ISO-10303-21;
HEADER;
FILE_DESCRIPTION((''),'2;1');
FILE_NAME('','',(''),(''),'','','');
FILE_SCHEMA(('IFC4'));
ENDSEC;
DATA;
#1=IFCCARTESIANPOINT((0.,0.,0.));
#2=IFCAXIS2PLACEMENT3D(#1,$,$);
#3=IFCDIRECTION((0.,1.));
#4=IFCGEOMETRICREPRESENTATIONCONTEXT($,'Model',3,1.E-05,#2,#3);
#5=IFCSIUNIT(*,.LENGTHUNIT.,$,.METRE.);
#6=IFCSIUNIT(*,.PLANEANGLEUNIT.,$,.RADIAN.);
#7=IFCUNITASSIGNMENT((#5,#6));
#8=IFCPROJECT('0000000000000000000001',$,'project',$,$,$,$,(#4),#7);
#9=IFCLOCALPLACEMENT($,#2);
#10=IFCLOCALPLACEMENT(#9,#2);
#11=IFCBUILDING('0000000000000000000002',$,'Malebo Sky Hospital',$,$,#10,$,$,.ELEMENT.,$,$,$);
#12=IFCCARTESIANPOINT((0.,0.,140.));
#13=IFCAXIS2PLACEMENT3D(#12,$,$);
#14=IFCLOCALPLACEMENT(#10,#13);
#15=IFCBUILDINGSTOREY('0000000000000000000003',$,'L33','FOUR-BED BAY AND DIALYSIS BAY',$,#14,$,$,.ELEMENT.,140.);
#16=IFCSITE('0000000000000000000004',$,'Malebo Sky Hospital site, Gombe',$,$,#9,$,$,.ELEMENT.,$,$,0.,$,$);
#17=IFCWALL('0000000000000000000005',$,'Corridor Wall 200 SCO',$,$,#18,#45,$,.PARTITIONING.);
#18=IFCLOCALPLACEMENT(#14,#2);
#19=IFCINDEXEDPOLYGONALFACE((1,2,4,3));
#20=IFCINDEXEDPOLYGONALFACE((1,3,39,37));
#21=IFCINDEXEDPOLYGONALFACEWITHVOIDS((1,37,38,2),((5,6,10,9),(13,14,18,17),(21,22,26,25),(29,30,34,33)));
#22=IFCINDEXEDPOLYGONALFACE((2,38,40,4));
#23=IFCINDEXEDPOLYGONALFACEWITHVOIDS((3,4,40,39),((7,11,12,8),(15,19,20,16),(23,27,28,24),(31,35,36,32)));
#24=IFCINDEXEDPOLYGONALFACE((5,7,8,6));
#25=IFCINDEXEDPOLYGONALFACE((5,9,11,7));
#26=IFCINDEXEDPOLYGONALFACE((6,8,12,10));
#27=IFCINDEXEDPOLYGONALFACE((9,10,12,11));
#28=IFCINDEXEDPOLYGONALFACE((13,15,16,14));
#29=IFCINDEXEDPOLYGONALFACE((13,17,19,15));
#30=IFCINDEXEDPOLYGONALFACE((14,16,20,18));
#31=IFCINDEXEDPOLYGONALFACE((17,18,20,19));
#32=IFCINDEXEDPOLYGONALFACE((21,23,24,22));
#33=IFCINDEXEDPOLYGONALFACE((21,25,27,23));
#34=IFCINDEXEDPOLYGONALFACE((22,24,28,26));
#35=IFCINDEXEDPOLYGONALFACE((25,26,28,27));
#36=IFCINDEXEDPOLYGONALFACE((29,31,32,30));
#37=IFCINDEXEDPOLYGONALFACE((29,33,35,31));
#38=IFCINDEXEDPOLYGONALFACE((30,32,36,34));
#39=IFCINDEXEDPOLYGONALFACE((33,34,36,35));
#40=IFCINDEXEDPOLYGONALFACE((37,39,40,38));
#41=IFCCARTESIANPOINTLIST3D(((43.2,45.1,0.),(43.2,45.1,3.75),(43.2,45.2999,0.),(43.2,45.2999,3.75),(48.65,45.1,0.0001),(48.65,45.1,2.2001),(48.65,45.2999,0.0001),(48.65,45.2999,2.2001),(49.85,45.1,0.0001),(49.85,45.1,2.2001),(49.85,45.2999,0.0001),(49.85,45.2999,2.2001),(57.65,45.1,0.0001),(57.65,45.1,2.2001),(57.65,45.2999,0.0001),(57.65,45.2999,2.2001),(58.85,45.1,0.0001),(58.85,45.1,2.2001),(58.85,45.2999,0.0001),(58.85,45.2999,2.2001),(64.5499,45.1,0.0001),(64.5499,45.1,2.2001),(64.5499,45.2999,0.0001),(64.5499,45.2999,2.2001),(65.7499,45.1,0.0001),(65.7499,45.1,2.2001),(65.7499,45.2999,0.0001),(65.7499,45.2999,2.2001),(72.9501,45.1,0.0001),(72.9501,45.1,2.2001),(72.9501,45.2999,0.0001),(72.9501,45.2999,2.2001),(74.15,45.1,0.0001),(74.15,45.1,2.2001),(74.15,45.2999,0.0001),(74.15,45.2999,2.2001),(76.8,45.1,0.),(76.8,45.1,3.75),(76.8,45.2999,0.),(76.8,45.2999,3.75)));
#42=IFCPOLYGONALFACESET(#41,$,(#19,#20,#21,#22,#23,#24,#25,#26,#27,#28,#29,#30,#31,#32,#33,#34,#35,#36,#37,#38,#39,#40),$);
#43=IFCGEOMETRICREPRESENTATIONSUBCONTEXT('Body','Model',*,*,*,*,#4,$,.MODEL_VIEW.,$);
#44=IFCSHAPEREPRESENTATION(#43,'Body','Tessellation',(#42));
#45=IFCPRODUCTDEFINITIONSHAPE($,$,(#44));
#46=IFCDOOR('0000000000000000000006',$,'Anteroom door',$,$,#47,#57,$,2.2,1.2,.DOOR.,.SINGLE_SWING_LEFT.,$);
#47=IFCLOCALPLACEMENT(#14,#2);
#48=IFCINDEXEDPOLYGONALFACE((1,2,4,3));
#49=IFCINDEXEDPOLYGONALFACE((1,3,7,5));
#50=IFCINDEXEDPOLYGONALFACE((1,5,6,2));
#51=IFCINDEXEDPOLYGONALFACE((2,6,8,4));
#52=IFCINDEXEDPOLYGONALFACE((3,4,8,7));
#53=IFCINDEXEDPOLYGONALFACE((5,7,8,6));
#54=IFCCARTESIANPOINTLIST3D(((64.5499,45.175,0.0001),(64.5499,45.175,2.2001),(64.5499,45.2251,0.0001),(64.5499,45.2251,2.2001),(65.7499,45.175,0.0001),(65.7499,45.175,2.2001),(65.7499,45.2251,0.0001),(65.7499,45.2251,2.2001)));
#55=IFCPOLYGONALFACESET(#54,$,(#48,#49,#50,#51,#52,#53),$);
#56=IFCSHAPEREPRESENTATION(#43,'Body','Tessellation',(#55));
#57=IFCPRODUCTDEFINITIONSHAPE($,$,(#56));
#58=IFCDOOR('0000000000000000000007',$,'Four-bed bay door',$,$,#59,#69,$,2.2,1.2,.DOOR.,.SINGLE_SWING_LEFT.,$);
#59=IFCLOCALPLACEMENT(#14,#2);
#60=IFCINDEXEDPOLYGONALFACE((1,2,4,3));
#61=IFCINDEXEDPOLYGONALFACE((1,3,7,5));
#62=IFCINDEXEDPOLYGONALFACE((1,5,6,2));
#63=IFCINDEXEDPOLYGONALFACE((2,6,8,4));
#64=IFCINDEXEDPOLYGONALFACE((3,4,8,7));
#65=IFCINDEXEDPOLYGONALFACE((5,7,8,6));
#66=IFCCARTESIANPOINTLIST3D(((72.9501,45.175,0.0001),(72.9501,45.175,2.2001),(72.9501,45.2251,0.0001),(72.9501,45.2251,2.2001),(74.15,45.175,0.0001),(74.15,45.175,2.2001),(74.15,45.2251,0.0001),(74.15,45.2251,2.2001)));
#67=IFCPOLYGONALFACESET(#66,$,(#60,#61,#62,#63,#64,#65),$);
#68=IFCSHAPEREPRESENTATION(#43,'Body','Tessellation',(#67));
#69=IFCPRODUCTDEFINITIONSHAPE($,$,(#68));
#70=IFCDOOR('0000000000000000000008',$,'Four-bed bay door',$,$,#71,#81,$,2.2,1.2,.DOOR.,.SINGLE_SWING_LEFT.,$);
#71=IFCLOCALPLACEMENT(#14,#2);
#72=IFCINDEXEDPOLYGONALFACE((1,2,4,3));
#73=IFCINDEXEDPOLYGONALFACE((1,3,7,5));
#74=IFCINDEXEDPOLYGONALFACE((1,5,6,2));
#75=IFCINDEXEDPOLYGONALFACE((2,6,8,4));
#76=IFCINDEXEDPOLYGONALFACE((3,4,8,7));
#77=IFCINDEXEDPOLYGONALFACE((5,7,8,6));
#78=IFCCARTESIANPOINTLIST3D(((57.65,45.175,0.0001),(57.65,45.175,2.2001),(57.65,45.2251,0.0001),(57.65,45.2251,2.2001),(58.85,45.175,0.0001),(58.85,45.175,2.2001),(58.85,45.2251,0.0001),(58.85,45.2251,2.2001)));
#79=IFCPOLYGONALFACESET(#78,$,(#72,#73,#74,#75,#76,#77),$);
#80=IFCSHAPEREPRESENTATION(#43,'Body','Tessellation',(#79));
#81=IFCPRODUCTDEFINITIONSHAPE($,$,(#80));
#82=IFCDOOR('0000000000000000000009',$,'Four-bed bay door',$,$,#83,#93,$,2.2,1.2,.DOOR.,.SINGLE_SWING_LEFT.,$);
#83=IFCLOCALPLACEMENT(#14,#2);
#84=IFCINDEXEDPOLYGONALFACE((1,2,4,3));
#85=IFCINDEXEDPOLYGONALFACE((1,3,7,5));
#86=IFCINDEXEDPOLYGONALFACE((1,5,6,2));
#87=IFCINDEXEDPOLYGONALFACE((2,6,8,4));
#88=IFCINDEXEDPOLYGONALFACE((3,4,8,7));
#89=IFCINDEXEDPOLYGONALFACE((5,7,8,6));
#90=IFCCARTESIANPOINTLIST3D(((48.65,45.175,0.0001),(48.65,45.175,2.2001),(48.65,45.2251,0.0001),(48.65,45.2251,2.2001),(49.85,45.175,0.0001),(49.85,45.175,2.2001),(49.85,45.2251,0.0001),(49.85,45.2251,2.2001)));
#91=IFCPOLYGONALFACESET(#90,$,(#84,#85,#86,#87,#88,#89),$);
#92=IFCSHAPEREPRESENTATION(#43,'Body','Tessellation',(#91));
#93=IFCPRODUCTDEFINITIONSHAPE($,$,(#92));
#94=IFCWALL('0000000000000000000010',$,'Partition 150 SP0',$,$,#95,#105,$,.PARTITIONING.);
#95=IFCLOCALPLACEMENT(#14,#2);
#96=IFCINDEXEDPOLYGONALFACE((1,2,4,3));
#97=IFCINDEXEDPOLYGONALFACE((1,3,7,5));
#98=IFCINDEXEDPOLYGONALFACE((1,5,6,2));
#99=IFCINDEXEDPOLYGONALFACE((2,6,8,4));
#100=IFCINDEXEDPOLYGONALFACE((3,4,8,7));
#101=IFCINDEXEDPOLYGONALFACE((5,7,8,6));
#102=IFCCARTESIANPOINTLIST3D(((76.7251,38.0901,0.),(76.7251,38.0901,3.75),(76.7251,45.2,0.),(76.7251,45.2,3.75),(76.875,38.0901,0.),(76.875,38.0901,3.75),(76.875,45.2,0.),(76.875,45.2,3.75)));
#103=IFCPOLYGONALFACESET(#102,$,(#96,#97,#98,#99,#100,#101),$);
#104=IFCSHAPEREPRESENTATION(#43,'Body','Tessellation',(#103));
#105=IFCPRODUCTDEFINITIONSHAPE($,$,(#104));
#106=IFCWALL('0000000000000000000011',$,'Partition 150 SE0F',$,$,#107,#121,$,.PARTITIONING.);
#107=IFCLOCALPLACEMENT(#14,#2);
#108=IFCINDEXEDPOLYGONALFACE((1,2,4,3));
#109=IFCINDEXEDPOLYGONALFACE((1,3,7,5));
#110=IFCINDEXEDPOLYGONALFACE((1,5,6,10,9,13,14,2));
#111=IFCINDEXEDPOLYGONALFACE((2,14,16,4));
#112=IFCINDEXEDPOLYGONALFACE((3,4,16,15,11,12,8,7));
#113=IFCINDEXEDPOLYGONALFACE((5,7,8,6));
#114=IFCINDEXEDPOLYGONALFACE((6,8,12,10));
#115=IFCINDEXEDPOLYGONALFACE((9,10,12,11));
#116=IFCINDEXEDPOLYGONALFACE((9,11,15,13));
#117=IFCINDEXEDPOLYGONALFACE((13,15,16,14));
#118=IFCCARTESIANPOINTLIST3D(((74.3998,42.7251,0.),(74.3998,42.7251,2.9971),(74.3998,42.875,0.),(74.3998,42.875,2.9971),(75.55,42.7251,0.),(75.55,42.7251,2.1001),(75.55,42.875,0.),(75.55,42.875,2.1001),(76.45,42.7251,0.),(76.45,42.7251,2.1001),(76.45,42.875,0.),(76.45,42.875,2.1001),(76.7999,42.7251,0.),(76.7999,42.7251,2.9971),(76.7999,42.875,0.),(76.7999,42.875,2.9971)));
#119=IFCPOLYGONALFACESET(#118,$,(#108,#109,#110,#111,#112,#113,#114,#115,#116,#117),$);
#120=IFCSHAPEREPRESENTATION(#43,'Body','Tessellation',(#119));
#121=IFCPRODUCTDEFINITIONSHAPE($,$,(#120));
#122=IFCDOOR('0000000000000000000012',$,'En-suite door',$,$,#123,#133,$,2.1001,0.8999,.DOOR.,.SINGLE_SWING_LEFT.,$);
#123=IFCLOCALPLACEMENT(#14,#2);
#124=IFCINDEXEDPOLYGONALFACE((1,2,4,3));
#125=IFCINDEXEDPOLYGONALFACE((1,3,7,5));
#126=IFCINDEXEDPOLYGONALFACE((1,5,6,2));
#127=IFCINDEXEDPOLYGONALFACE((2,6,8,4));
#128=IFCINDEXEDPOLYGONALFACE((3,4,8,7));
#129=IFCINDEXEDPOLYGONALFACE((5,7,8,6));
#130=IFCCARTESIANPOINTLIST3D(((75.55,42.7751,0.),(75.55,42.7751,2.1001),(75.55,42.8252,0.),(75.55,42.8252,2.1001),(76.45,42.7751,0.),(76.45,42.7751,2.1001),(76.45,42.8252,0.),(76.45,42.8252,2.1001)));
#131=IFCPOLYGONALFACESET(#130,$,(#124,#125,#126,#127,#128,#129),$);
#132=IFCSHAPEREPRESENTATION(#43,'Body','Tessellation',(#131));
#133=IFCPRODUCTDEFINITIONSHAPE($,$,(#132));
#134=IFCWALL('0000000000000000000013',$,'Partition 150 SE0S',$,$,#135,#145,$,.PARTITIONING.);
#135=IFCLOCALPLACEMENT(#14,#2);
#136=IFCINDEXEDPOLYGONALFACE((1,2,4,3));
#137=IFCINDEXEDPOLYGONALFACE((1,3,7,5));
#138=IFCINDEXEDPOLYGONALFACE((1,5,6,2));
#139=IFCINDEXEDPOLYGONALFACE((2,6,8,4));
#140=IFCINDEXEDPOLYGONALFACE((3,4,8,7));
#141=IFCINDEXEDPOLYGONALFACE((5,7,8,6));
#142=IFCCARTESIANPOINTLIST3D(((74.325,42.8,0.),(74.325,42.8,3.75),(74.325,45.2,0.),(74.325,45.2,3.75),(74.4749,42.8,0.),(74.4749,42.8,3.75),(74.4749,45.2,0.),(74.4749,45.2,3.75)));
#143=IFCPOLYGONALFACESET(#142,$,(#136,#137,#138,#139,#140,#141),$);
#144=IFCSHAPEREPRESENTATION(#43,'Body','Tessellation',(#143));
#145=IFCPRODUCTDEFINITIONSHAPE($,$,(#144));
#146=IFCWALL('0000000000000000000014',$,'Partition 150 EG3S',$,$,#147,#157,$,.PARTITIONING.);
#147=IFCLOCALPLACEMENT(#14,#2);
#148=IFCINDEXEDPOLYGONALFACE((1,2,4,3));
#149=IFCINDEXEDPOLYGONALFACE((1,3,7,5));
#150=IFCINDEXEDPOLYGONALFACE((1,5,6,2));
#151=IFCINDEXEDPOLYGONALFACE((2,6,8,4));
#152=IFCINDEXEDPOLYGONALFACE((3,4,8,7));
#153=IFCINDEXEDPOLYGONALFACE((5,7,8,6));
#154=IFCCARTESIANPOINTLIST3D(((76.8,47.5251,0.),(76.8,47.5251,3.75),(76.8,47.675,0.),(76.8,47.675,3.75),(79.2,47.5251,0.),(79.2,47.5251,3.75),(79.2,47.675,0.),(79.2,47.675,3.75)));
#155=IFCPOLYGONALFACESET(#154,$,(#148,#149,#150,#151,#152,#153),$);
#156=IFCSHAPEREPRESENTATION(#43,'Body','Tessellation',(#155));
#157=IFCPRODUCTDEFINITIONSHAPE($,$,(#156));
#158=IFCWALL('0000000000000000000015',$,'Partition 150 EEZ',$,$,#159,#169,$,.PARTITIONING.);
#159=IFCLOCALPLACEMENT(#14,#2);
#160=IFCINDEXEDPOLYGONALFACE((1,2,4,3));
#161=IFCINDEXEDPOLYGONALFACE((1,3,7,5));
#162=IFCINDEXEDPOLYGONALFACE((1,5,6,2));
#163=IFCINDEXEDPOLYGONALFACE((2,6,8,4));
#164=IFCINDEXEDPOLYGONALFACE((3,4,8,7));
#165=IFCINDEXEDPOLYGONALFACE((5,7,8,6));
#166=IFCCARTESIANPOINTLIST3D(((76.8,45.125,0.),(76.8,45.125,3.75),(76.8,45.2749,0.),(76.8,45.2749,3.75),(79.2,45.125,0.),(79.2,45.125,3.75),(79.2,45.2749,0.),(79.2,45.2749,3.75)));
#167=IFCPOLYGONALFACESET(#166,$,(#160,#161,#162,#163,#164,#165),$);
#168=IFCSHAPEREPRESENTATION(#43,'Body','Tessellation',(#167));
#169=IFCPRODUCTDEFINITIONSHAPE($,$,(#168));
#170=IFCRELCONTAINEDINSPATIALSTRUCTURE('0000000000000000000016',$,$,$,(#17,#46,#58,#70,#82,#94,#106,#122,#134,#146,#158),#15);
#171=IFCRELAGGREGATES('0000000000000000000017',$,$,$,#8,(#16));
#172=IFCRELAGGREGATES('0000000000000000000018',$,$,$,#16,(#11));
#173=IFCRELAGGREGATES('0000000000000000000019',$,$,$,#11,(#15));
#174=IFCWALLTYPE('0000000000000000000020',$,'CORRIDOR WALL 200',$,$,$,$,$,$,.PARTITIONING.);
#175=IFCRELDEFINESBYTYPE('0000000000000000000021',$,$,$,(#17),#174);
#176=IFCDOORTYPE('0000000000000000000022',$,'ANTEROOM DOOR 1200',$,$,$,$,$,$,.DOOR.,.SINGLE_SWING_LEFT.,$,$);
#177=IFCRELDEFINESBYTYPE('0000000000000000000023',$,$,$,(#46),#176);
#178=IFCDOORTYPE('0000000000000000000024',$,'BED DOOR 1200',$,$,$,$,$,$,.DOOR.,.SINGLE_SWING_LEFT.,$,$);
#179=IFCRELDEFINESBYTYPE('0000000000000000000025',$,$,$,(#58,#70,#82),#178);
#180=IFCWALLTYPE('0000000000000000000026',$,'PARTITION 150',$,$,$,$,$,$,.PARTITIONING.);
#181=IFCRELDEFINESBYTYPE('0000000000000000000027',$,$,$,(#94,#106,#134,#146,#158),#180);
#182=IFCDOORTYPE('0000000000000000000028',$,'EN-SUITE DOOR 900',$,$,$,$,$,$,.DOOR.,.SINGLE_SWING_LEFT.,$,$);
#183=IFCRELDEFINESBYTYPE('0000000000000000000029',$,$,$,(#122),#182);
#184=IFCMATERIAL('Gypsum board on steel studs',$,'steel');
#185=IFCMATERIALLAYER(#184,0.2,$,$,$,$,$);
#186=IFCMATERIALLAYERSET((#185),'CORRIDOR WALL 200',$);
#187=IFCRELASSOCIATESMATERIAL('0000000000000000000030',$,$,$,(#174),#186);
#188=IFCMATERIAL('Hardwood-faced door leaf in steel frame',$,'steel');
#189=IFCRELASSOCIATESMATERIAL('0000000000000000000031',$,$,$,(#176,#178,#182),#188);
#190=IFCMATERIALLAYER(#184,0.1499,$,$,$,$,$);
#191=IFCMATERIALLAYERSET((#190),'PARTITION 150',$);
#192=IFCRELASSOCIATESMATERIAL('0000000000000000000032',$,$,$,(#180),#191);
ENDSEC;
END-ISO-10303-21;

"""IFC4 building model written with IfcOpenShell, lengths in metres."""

from ifc_helpers import new_model, si_unit, direction, frame, frame_2d, origin, place, context, subcontext, project, spatial, rectangle, extrude, material, layer, layer_set, type_object, element, fill, save


model = new_model("IFC4")

# Units and contexts
model_context = context("Model", 3, precision=1e-05, world=origin(), true_north=direction((0.0, 1.0)))
body_context = subcontext(model_context, "Body", "Model", "MODEL_VIEW")
ifc_project = project(units=[si_unit("LENGTHUNIT", "METRE"), si_unit("PLANEANGLEUNIT", "RADIAN")], contexts=[model_context])

# Site, building, storey
site_placement = place(None, origin())
site = spatial("IfcSite", under=ifc_project, at=site_placement, Name="Malebo Sky Hospital site, Gombe", CompositionType="ELEMENT", RefElevation=0.0)
building_placement = place(site_placement, origin())
building = spatial("IfcBuilding", under=site, at=building_placement, Name="Malebo Sky Hospital", CompositionType="ELEMENT")
storey_placement = place(building_placement, frame((0.0, 0.0, 140.0)))
storey = spatial("IfcBuildingStorey", under=building, at=storey_placement, Name="L33", Description="FOUR-BED BAY AND DIALYSIS BAY", CompositionType="ELEMENT", Elevation=140.0)

# Wall, openings, doors
ifc_material_1 = material(Name="Gypsum board on steel studs", Category="steel")
ifc_layer_1 = layer(ifc_material_1, 0.2)
ifc_layer_set_1 = layer_set([ifc_layer_1], Name="CORRIDOR WALL 200")
wall_type_1 = type_object("IfcWallType", Name="CORRIDOR WALL 200", PredefinedType="PARTITIONING", material=ifc_layer_set_1)
wall_1_placement = place(storey_placement, frame((76.8, 45.2, 0.0), z_axis=(0.0, 0.0, 1.0), x_axis=(-1.0, 0.0, 0.0)))
wall_1 = element("IfcWall", 1, at=wall_1_placement, inside=storey, type_object=wall_type_1, Name="Corridor Wall 200 SCO", PredefinedType="PARTITIONING", context=body_context, shape_type="SweptSolid", body=[
    extrude(rectangle(XDim=33.6001, YDim=0.2, at=frame_2d((16.8, 0.0))), origin(), (0.0, 0.0, 1.0), 3.75),
])
opening_1_placement = place(wall_1_placement, frame((2.6499, 0.0, 0.0)))
opening_1 = element("IfcOpeningElement", 2, at=opening_1_placement, cuts=wall_1, PredefinedType="OPENING", context=body_context, shape_type="SweptSolid", body=[
    extrude(rectangle(XDim=1.2, YDim=2.2, at=frame_2d((0.6001, 1.1001))), frame((0.0, 0.1099, 0.0), z_axis=(0.0, -1.0, 0.0), x_axis=(1.0, 0.0, 0.0)), (0.0, 0.0, 1.0), 0.22),
])
opening_2_placement = place(wall_1_placement, frame((11.05, 0.0, 0.0)))
opening_2 = element("IfcOpeningElement", 3, at=opening_2_placement, cuts=wall_1, PredefinedType="OPENING", context=body_context, shape_type="SweptSolid", body=[
    extrude(rectangle(XDim=1.2, YDim=2.2, at=frame_2d((0.6001, 1.1001))), frame((0.0, 0.1099, 0.0), z_axis=(0.0, -1.0, 0.0), x_axis=(1.0, 0.0, 0.0)), (0.0, 0.0, 1.0), 0.22),
])
opening_3_placement = place(wall_1_placement, frame((17.95, 0.0, 0.0)))
opening_3 = element("IfcOpeningElement", 4, at=opening_3_placement, cuts=wall_1, PredefinedType="OPENING", context=body_context, shape_type="SweptSolid", body=[
    extrude(rectangle(XDim=1.2, YDim=2.2, at=frame_2d((0.6001, 1.1001))), frame((0.0, 0.1099, 0.0), z_axis=(0.0, -1.0, 0.0), x_axis=(1.0, 0.0, 0.0)), (0.0, 0.0, 1.0), 0.22),
])
opening_4_placement = place(wall_1_placement, frame((26.95, 0.0, 0.0)))
opening_4 = element("IfcOpeningElement", 5, at=opening_4_placement, cuts=wall_1, PredefinedType="OPENING", context=body_context, shape_type="SweptSolid", body=[
    extrude(rectangle(XDim=1.2, YDim=2.2, at=frame_2d((0.6001, 1.1001))), frame((0.0, 0.1099, 0.0), z_axis=(0.0, -1.0, 0.0), x_axis=(1.0, 0.0, 0.0)), (0.0, 0.0, 1.0), 0.22),
])
ifc_material_2 = material(Name="Hardwood-faced door leaf in steel frame", Category="steel")
door_type_1 = type_object("IfcDoorType", Name="ANTEROOM DOOR 1200", OperationType="SINGLE_SWING_LEFT", PredefinedType="DOOR", material=ifc_material_2)
door_1_placement = place(opening_2_placement, origin())
door_1 = element("IfcDoor", 6, at=door_1_placement, inside=storey, type_object=door_type_1, Name="Anteroom door", OperationType="SINGLE_SWING_LEFT", OverallHeight=2.2, OverallWidth=1.2, PredefinedType="DOOR", context=body_context, shape_type="SweptSolid", body=[
    extrude(rectangle(XDim=1.2, YDim=2.2, at=frame_2d((0.6001, 1.1001))), frame((0.0, 0.0249, 0.0), z_axis=(0.0, -1.0, 0.0), x_axis=(1.0, 0.0, 0.0)), (0.0, 0.0, 1.0), 0.05),
])
fill(opening_2, door_1)
door_type_2 = type_object("IfcDoorType", Name="BED DOOR 1200", OperationType="SINGLE_SWING_LEFT", PredefinedType="DOOR", material=ifc_material_2)
door_2_placement = place(opening_1_placement, origin())
door_2 = element("IfcDoor", 7, at=door_2_placement, inside=storey, type_object=door_type_2, Name="Four-bed bay door", OperationType="SINGLE_SWING_LEFT", OverallHeight=2.2, OverallWidth=1.2, PredefinedType="DOOR", context=body_context, shape_type="SweptSolid", body=[
    extrude(rectangle(XDim=1.2, YDim=2.2, at=frame_2d((0.6001, 1.1001))), frame((0.0, 0.0249, 0.0), z_axis=(0.0, -1.0, 0.0), x_axis=(1.0, 0.0, 0.0)), (0.0, 0.0, 1.0), 0.05),
])
fill(opening_1, door_2)
door_3_placement = place(opening_3_placement, origin())
door_3 = element("IfcDoor", 8, at=door_3_placement, inside=storey, type_object=door_type_2, Name="Four-bed bay door", OperationType="SINGLE_SWING_LEFT", OverallHeight=2.2, OverallWidth=1.2, PredefinedType="DOOR", context=body_context, shape_type="SweptSolid", body=[
    extrude(rectangle(XDim=1.2, YDim=2.2, at=frame_2d((0.6001, 1.1001))), frame((0.0, 0.0249, 0.0), z_axis=(0.0, -1.0, 0.0), x_axis=(1.0, 0.0, 0.0)), (0.0, 0.0, 1.0), 0.05),
])
fill(opening_3, door_3)
door_4_placement = place(opening_4_placement, origin())
door_4 = element("IfcDoor", 9, at=door_4_placement, inside=storey, type_object=door_type_2, Name="Four-bed bay door", OperationType="SINGLE_SWING_LEFT", OverallHeight=2.2, OverallWidth=1.2, PredefinedType="DOOR", context=body_context, shape_type="SweptSolid", body=[
    extrude(rectangle(XDim=1.2, YDim=2.2, at=frame_2d((0.6001, 1.1001))), frame((0.0, 0.0249, 0.0), z_axis=(0.0, -1.0, 0.0), x_axis=(1.0, 0.0, 0.0)), (0.0, 0.0, 1.0), 0.05),
])
fill(opening_4, door_4)

# Wall
ifc_layer_2 = layer(ifc_material_1, 0.1499)
ifc_layer_set_2 = layer_set([ifc_layer_2], Name="PARTITION 150")
wall_type_2 = type_object("IfcWallType", Name="PARTITION 150", PredefinedType="PARTITIONING", material=ifc_layer_set_2)
wall_2_placement = place(storey_placement, frame((76.8, 45.2, 0.0), z_axis=(0.0, 0.0, 1.0), x_axis=(0.0, -1.0, 0.0)))
element("IfcWall", 10, at=wall_2_placement, inside=storey, type_object=wall_type_2, Name="Partition 150 SP0", PredefinedType="PARTITIONING", context=body_context, shape_type="SweptSolid", body=[
    extrude(rectangle(XDim=7.1099, YDim=0.1499, at=frame_2d((3.5549, 0.0))), origin(), (0.0, 0.0, 1.0), 3.75),
])

# Wall, opening, door
wall_3_placement = place(storey_placement, frame((76.8, 42.8, 0.0), z_axis=(0.0, 0.0, 1.0), x_axis=(-1.0, 0.0, 0.0)))
wall_3 = element("IfcWall", 11, at=wall_3_placement, inside=storey, type_object=wall_type_2, Name="Partition 150 SE0F", PredefinedType="PARTITIONING", context=body_context, shape_type="SweptSolid", body=[
    extrude(rectangle(XDim=2.4001, YDim=0.1499, at=frame_2d((1.2002, 0.0))), origin(), (0.0, 0.0, 1.0), 2.9971),
])
opening_5_placement = place(wall_3_placement, frame((0.3501, 0.0, 0.0)))
opening_5 = element("IfcOpeningElement", 12, at=opening_5_placement, cuts=wall_3, PredefinedType="OPENING", context=body_context, shape_type="SweptSolid", body=[
    extrude(rectangle(XDim=0.8999, YDim=2.1001, at=frame_2d((0.45, 1.05))), frame((0.0, 0.085, 0.0), z_axis=(0.0, -1.0, 0.0), x_axis=(1.0, 0.0, 0.0)), (0.0, 0.0, 1.0), 0.1699),
])
door_type_3 = type_object("IfcDoorType", Name="EN-SUITE DOOR 900", OperationType="SINGLE_SWING_LEFT", PredefinedType="DOOR", material=ifc_material_2)
door_5_placement = place(opening_5_placement, origin())
door_5 = element("IfcDoor", 13, at=door_5_placement, inside=storey, type_object=door_type_3, Name="En-suite door", OperationType="SINGLE_SWING_LEFT", OverallHeight=2.1001, OverallWidth=0.8999, PredefinedType="DOOR", context=body_context, shape_type="SweptSolid", body=[
    extrude(rectangle(XDim=0.8999, YDim=2.1001, at=frame_2d((0.45, 1.05))), frame((0.0, 0.0249, 0.0), z_axis=(0.0, -1.0, 0.0), x_axis=(1.0, 0.0, 0.0)), (0.0, 0.0, 1.0), 0.05),
])
fill(opening_5, door_5)

# Walls
for number, where, z_axis, x_axis, name in (
    (14, (74.3999, 45.2, 0.0), (0.0, 0.0, 1.0), (0.0, -1.0, 0.0), "Partition 150 SE0S"),
    (15, (76.8, 47.6001, 0.0), (0.0, 0.0, 1.0), (1.0, 0.0, 0.0), "Partition 150 EG3S"),
    (16, (76.8, 45.2, 0.0), (0.0, 0.0, 1.0), (1.0, 0.0, 0.0), "Partition 150 EEZ"),
):
    element("IfcWall", number, at=place(storey_placement, frame(where, z_axis=z_axis, x_axis=x_axis)), inside=storey, type_object=wall_type_2, Name=name, PredefinedType="PARTITIONING", context=body_context, shape_type="SweptSolid", body=[
        extrude(rectangle(XDim=2.3999, YDim=0.1499, at=frame_2d((1.2, 0.0))), origin(), (0.0, 0.0, 1.0), 3.75),
    ])

save(model, "model.ifc")
